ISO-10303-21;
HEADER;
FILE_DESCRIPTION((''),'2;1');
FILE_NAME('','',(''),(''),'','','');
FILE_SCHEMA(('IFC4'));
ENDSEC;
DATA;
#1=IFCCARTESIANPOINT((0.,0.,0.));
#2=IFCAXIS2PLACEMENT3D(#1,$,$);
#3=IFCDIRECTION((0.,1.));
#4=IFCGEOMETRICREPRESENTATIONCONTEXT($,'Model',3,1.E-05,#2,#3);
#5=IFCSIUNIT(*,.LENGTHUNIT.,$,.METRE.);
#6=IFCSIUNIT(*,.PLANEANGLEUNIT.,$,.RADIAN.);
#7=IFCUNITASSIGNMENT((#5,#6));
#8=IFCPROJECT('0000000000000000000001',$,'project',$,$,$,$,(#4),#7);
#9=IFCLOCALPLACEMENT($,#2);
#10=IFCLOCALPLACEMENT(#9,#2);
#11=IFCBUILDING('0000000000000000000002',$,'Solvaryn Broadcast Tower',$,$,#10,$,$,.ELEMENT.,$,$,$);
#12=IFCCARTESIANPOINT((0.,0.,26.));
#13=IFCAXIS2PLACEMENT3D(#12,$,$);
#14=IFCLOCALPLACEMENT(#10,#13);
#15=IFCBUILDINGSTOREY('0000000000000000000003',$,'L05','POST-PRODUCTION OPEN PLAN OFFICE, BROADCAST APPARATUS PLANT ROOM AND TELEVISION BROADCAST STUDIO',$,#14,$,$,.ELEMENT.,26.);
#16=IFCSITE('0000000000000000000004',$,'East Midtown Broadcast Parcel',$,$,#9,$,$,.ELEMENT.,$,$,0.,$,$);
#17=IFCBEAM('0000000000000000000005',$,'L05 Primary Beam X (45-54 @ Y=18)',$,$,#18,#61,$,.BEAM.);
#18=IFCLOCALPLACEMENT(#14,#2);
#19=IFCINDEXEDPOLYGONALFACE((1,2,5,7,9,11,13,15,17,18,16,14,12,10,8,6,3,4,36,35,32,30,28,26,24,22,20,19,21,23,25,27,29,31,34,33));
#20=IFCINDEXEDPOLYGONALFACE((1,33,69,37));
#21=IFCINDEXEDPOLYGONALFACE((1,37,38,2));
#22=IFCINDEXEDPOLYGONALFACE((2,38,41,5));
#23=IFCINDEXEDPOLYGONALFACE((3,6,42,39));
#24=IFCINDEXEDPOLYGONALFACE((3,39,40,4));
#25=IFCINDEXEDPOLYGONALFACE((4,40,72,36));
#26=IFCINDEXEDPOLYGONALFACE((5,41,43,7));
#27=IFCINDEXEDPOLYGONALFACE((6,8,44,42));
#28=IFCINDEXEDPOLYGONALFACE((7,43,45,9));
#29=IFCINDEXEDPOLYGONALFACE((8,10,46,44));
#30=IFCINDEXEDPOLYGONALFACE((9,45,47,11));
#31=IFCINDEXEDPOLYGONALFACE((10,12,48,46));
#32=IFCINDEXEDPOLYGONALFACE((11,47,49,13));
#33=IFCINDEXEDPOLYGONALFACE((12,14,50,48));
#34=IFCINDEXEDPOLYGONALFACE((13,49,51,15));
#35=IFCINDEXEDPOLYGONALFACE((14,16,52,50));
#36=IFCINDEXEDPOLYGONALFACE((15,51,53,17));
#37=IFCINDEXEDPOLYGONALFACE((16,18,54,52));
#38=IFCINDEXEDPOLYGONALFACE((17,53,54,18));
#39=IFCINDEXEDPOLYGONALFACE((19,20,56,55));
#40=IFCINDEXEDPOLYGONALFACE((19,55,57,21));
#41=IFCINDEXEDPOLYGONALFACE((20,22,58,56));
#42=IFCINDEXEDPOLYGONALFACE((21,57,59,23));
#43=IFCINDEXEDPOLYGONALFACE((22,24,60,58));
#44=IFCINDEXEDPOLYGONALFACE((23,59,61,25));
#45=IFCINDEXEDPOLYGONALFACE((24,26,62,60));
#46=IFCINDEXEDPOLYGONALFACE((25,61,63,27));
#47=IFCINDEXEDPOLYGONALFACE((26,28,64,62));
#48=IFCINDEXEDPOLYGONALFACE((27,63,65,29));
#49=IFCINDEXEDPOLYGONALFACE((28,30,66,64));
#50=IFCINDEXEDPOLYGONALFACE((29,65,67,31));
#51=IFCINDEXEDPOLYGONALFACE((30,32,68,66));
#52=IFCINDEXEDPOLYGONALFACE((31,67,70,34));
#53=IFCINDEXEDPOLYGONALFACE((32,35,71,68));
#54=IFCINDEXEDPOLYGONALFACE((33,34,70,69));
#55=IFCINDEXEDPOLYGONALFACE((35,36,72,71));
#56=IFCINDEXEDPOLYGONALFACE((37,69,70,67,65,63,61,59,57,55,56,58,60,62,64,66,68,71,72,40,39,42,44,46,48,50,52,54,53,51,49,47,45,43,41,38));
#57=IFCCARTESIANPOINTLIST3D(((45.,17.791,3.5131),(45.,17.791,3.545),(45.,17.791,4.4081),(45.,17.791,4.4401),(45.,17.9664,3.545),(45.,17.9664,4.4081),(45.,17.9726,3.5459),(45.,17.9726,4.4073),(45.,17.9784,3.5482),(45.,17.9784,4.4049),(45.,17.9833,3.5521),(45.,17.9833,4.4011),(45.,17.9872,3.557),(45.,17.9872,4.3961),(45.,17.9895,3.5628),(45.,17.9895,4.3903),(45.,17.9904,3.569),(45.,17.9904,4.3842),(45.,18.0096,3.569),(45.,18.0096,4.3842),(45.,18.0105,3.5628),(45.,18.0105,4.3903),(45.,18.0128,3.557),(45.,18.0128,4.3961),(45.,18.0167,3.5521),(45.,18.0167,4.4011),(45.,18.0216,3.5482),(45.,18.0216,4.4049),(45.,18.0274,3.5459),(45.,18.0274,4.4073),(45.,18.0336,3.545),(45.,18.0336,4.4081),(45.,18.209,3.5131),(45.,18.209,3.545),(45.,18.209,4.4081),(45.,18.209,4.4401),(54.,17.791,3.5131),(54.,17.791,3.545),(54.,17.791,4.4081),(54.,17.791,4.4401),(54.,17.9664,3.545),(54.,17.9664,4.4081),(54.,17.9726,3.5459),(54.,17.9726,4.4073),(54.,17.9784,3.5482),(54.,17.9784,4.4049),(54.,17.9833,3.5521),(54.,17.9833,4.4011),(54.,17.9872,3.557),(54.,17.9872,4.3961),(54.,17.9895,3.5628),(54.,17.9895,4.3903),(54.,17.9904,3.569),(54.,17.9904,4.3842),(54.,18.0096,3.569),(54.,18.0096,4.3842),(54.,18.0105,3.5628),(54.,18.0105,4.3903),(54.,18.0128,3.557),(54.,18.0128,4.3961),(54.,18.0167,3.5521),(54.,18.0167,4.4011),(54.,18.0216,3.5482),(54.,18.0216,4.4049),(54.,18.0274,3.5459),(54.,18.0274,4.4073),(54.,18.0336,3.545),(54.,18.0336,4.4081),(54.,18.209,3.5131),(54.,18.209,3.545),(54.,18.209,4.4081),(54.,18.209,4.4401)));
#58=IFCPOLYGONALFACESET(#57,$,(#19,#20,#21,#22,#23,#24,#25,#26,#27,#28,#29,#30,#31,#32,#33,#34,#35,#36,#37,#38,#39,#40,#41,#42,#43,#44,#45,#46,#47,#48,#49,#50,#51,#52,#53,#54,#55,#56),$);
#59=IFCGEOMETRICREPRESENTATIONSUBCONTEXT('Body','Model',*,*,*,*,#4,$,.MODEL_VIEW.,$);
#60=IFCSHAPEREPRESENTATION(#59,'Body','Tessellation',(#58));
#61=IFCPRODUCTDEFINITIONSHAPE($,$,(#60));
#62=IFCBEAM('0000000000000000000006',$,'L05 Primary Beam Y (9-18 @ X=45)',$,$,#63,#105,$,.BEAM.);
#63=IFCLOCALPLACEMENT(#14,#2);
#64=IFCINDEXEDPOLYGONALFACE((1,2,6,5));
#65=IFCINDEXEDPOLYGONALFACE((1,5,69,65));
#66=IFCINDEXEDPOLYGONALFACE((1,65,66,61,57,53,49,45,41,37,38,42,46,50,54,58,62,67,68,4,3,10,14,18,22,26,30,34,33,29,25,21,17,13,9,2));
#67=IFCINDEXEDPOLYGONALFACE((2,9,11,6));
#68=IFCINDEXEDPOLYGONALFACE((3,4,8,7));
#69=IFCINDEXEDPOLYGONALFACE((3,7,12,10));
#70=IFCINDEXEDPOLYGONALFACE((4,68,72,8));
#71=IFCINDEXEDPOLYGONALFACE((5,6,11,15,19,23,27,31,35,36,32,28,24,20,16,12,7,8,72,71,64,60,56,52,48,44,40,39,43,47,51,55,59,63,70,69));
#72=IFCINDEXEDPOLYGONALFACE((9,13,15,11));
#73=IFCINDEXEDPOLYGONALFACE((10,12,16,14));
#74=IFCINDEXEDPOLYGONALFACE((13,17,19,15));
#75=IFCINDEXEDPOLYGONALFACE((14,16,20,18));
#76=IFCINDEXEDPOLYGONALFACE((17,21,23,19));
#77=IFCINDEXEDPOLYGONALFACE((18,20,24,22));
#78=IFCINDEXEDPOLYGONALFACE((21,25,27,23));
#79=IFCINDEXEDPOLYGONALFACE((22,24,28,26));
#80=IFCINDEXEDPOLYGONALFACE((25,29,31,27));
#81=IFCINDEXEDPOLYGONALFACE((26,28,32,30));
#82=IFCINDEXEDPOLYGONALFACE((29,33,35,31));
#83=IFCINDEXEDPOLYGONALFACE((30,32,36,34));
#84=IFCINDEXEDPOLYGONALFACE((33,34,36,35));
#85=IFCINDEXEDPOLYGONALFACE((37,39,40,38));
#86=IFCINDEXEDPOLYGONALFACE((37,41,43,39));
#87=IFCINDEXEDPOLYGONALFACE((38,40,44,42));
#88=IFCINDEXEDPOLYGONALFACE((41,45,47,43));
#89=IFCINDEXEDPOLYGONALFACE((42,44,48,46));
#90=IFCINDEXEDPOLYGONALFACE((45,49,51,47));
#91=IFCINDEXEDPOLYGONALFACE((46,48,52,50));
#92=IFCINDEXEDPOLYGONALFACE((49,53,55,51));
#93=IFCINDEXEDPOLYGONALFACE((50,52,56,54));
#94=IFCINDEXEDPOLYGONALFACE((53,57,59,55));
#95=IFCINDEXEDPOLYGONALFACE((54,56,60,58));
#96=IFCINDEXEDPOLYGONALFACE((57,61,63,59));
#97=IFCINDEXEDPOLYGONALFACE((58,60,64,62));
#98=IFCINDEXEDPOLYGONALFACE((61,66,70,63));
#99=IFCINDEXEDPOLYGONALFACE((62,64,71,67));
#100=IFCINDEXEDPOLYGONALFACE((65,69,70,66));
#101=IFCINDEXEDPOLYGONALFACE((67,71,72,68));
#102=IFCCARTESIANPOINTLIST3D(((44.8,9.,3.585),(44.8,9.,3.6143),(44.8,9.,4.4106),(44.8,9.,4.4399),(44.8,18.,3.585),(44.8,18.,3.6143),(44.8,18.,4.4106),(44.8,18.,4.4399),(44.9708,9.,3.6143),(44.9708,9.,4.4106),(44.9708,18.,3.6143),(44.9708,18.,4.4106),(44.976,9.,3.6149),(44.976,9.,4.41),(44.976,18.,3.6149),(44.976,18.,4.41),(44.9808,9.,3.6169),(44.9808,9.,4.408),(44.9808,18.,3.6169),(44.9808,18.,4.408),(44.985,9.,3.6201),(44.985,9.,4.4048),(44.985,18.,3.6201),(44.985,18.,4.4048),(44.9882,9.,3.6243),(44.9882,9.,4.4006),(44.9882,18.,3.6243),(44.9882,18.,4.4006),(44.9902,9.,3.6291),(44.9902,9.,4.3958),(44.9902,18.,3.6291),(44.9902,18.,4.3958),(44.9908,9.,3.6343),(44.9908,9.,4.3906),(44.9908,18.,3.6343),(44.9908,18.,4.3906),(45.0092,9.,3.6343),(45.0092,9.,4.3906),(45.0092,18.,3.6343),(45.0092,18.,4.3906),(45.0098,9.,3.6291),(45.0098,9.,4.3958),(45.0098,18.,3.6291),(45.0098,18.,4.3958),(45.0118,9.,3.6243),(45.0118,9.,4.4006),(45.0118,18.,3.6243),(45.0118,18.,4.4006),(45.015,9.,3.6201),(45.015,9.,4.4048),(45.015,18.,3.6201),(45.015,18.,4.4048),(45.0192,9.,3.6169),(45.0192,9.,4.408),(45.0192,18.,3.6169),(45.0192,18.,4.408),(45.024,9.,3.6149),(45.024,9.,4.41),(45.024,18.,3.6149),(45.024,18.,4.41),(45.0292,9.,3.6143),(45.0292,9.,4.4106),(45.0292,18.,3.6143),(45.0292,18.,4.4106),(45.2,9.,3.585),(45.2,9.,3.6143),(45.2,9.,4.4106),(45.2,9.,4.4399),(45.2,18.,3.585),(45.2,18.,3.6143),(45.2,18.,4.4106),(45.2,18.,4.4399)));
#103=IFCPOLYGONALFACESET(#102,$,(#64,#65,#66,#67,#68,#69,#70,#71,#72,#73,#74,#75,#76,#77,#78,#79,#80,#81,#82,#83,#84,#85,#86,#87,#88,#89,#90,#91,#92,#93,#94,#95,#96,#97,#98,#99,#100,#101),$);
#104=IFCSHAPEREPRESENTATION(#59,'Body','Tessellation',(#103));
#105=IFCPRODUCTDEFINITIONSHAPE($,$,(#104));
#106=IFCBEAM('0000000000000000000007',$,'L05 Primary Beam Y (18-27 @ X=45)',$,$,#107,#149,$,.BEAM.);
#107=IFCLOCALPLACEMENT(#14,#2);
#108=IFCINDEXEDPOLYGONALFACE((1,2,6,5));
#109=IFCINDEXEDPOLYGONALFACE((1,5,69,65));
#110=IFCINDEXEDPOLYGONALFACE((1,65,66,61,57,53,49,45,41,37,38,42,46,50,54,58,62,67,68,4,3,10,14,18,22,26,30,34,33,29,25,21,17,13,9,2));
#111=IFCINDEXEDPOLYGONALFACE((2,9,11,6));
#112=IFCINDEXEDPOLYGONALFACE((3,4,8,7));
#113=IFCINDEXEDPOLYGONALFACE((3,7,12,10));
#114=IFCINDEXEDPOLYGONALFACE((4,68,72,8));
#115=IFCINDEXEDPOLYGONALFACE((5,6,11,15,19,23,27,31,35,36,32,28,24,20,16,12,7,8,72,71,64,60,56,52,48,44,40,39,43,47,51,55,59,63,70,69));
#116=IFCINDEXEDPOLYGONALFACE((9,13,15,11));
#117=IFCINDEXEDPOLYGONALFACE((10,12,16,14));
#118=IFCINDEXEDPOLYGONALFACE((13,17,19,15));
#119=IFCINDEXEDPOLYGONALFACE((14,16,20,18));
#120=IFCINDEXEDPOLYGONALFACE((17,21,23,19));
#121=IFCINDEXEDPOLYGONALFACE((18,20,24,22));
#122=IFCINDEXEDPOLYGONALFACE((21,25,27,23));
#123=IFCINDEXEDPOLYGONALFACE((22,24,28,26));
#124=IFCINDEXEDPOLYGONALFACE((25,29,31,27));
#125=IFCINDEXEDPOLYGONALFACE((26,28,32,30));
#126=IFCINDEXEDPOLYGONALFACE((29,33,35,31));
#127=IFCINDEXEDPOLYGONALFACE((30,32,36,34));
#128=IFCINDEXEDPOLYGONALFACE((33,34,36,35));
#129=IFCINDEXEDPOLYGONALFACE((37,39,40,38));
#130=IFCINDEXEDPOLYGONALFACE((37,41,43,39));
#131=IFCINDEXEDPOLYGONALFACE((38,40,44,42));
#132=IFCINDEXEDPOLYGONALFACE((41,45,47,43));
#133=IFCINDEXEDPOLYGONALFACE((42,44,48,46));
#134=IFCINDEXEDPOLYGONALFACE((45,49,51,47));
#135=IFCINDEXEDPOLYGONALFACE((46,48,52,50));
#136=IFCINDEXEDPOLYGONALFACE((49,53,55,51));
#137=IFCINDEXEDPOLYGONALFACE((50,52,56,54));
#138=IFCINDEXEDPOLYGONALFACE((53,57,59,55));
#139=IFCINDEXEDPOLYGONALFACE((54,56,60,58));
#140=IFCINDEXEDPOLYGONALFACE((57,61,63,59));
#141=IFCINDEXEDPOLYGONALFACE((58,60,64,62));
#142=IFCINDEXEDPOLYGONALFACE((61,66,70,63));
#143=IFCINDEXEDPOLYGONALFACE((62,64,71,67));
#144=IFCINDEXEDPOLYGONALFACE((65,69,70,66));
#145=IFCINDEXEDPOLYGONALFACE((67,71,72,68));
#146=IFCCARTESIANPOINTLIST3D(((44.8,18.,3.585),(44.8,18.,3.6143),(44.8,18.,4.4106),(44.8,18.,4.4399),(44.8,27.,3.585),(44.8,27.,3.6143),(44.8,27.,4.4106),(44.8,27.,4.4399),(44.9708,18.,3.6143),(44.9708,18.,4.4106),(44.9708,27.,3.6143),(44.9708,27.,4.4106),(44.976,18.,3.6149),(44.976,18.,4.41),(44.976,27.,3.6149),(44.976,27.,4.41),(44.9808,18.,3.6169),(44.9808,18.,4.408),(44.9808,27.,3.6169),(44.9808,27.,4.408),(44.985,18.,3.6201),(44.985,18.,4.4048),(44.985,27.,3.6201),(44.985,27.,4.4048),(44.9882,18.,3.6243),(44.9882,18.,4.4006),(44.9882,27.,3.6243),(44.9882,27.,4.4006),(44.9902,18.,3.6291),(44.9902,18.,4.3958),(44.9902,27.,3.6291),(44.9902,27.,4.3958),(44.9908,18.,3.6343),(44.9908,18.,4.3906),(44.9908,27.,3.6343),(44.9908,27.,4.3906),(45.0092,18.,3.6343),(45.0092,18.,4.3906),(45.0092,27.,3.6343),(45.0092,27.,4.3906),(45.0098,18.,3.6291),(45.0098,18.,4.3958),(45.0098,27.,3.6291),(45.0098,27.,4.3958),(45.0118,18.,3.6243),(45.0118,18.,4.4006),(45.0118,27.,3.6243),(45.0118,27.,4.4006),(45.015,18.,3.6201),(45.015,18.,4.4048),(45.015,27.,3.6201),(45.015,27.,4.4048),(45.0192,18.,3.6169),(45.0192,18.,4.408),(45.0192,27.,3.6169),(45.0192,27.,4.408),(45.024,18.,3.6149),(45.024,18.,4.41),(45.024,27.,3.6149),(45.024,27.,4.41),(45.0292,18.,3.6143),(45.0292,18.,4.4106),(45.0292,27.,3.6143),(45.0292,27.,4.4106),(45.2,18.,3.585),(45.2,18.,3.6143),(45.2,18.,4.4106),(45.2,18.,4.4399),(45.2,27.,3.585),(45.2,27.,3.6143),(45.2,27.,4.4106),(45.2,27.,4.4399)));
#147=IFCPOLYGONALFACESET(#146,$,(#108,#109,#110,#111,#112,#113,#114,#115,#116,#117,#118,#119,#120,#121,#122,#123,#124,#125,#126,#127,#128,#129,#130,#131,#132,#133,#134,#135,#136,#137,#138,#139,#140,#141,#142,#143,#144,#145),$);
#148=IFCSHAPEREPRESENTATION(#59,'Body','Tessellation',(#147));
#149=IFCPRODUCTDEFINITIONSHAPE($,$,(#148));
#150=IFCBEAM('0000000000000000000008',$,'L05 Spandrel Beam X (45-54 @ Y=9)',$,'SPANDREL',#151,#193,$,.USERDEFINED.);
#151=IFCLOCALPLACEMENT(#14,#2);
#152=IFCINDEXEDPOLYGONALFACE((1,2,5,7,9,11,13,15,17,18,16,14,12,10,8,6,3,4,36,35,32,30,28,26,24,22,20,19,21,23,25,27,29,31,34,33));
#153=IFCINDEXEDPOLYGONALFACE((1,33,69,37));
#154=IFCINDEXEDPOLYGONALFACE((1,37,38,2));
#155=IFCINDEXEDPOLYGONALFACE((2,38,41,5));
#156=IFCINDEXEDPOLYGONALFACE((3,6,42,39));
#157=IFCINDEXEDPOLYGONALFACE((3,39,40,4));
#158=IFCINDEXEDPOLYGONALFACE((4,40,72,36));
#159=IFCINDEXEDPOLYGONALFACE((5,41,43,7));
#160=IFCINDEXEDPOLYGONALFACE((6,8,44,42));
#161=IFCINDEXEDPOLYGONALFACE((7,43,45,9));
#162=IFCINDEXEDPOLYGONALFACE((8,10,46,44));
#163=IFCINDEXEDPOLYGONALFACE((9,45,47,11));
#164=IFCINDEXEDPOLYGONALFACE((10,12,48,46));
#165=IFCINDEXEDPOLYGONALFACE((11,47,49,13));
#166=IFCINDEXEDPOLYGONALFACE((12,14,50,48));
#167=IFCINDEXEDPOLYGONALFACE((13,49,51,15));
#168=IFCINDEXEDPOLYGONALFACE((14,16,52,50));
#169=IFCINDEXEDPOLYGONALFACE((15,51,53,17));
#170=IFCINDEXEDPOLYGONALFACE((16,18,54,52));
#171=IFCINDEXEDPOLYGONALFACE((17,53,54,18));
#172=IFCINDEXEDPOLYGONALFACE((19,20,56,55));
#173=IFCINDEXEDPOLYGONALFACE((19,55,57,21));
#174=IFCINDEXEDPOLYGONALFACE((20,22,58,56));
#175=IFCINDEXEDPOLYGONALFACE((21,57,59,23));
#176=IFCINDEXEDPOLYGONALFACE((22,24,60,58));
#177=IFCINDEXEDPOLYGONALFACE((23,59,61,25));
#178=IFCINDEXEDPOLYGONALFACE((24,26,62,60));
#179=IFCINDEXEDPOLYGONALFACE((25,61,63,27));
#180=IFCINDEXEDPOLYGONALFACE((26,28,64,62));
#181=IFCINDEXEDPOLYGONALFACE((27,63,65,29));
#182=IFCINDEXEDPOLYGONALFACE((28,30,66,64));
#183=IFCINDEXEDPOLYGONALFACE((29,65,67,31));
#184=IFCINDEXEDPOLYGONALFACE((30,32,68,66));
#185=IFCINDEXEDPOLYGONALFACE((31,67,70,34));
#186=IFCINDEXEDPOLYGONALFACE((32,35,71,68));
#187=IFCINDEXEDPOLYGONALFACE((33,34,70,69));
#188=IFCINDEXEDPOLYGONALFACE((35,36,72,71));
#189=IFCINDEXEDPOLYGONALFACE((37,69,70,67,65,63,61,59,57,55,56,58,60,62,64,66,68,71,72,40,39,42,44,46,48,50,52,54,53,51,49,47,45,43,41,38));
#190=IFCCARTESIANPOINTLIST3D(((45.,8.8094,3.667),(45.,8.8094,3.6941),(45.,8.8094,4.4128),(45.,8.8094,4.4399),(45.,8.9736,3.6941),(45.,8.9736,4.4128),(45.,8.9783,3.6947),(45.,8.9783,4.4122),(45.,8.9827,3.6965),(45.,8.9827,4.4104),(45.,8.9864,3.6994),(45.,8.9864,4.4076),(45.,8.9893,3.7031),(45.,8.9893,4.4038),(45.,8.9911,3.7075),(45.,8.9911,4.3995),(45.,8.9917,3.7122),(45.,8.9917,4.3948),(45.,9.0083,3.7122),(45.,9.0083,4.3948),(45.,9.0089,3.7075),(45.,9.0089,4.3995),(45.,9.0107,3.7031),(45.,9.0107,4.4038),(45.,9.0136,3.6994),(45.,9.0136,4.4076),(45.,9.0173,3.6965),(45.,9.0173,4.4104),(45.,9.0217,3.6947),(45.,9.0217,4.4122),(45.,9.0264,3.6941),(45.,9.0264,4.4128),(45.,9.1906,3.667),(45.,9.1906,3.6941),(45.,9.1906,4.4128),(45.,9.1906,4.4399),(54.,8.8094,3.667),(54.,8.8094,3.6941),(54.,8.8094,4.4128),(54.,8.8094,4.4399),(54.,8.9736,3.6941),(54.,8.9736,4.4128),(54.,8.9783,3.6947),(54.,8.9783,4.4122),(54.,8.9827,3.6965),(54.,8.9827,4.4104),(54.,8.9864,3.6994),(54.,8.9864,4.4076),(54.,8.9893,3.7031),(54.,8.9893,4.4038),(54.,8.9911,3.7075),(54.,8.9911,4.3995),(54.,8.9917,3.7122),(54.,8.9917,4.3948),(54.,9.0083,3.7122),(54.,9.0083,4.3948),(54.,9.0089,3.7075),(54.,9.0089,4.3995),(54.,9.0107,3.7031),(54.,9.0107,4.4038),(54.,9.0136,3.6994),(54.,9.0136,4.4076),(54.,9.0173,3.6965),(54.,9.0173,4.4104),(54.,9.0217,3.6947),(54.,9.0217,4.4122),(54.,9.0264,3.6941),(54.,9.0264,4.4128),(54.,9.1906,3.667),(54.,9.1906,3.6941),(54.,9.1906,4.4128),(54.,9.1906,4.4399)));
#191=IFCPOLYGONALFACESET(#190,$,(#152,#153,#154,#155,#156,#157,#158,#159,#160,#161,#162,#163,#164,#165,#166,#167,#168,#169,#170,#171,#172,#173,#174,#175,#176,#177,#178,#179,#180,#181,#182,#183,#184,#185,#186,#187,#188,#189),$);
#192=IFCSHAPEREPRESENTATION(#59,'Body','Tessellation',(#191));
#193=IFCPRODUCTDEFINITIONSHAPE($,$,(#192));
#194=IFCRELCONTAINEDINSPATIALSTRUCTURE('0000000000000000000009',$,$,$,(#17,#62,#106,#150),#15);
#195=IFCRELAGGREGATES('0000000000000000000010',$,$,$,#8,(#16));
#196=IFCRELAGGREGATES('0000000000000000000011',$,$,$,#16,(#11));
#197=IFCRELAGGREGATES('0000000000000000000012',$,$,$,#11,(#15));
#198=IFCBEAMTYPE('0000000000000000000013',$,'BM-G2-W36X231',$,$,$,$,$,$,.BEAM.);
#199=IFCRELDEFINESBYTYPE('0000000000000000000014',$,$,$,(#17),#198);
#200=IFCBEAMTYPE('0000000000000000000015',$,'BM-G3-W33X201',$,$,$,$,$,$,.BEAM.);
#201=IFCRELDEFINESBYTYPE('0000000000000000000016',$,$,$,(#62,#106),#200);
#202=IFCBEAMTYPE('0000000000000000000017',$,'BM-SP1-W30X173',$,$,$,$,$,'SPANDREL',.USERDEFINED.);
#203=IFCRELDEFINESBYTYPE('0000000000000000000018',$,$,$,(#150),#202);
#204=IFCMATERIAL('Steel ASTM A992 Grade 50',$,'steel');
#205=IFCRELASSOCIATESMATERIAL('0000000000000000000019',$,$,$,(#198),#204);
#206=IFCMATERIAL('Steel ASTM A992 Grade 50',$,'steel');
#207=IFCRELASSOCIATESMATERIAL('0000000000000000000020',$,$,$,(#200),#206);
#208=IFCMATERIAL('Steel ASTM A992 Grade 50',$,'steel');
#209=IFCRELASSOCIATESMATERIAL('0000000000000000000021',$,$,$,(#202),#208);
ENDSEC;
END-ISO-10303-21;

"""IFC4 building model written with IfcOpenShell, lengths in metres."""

from ifc_helpers import new_model, si_unit, direction, frame, origin, origin_2d, place, context, subcontext, project, spatial, i_section, extrude, material, material_profile, profile_set, type_object, element, save


model = new_model("IFC4")

# Units and contexts
model_context = context("Model", 3, precision=1e-05, world=origin(), true_north=direction((0.0, 1.0)))
body_context = subcontext(model_context, "Body", "Model", "MODEL_VIEW")
ifc_project = project(units=[si_unit("LENGTHUNIT", "METRE"), si_unit("PLANEANGLEUNIT", "RADIAN")], contexts=[model_context])

# Site, building, storey
site_placement = place(None, origin())
site = spatial("IfcSite", under=ifc_project, at=site_placement, Name="East Midtown Broadcast Parcel", CompositionType="ELEMENT", RefElevation=0.0)
building_placement = place(site_placement, origin())
building = spatial("IfcBuilding", under=site, at=building_placement, Name="Solvaryn Broadcast Tower", CompositionType="ELEMENT")
storey_placement = place(building_placement, frame((0.0, 0.0, 26.0)))
storey = spatial("IfcBuildingStorey", under=building, at=storey_placement, Name="L05", Description="POST-PRODUCTION OPEN PLAN OFFICE, BROADCAST APPARATUS PLANT ROOM AND TELEVISION BROADCAST STUDIO", CompositionType="ELEMENT", Elevation=26.0)

# Beams
ifc_material_1 = material(Name="Steel ASTM A992 Grade 50", Category="steel")
ifc_material_profile_1 = material_profile(ifc_material_1, i_section(OverallWidth=0.418, OverallDepth=0.927, WebThickness=0.0193, FlangeThickness=0.032, FilletRadius=0.0239, at=origin_2d()))
ifc_profile_set_1 = profile_set([ifc_material_profile_1], Name="Steel ASTM A992 Grade 50")
beam_type_1 = type_object("IfcBeamType", Name="BM-G2-W36X231", PredefinedType="BEAM", material=ifc_profile_set_1)
beam_1_placement = place(storey_placement, frame((45.0, 18.0, 3.9766), z_axis=(1.0, 0.0, 0.0), x_axis=(0.0, 1.0, 0.0)))
element("IfcBeam", 1, at=beam_1_placement, inside=storey, type_object=beam_type_1, Name="L05 Primary Beam X (45-54 @ Y=18)", PredefinedType="BEAM", context=body_context, shape_type="SweptSolid", body=[
    extrude(i_section(OverallWidth=0.418, OverallDepth=0.927, WebThickness=0.0193, FlangeThickness=0.032, FilletRadius=0.0239, at=origin_2d()), origin(), (0.0, 0.0, 1.0), 9.0),
])
ifc_material_2 = material(Name="Steel ASTM A992 Grade 50", Category="steel")
ifc_material_profile_2 = material_profile(ifc_material_2, i_section(OverallWidth=0.3999, OverallDepth=0.855, WebThickness=0.0183, FlangeThickness=0.0293, FilletRadius=0.02, at=origin_2d()))
ifc_profile_set_2 = profile_set([ifc_material_profile_2], Name="Steel ASTM A992 Grade 50")
beam_type_2 = type_object("IfcBeamType", Name="BM-G3-W33X201", PredefinedType="BEAM", material=ifc_profile_set_2)
for number, where, z_axis, x_axis, name in (
    (2, (45.0, 9.0, 4.0125), (0.0, 1.0, 0.0), (-1.0, 0.0, 0.0), "L05 Primary Beam Y (9-18 @ X=45)"),
    (3, (45.0, 18.0, 4.0125), (0.0, 1.0, 0.0), (-1.0, 0.0, 0.0), "L05 Primary Beam Y (18-27 @ X=45)"),
):
    element("IfcBeam", number, at=place(storey_placement, frame(where, z_axis=z_axis, x_axis=x_axis)), inside=storey, type_object=beam_type_2, Name=name, PredefinedType="BEAM", context=body_context, shape_type="SweptSolid", body=[
        extrude(i_section(OverallWidth=0.3999, OverallDepth=0.855, WebThickness=0.0183, FlangeThickness=0.0293, FilletRadius=0.02, at=origin_2d()), origin(), (0.0, 0.0, 1.0), 9.0),
    ])
ifc_material_3 = material(Name="Steel ASTM A992 Grade 50", Category="steel")
ifc_material_profile_3 = material_profile(ifc_material_3, i_section(OverallWidth=0.3811, OverallDepth=0.7729, WebThickness=0.0166, FlangeThickness=0.0271, FilletRadius=0.0181, at=origin_2d()))
ifc_profile_set_3 = profile_set([ifc_material_profile_3], Name="Steel ASTM A992 Grade 50")
beam_type_3 = type_object("IfcBeamType", Name="BM-SP1-W30X173", ElementType="SPANDREL", PredefinedType="USERDEFINED", material=ifc_profile_set_3)
for number, where, z_axis, x_axis, name in (
    (4, (45.0, 9.0, 4.0535), (1.0, 0.0, 0.0), (0.0, 1.0, 0.0), "L05 Spandrel Beam X (45-54 @ Y=9)"),
):
    element("IfcBeam", number, at=place(storey_placement, frame(where, z_axis=z_axis, x_axis=x_axis)), inside=storey, type_object=beam_type_3, Name=name, ObjectType="SPANDREL", PredefinedType="USERDEFINED", context=body_context, shape_type="SweptSolid", body=[
        extrude(i_section(OverallWidth=0.3811, OverallDepth=0.7729, WebThickness=0.0166, FlangeThickness=0.0271, FilletRadius=0.0181, at=origin_2d()), origin(), (0.0, 0.0, 1.0), 9.0),
    ])

save(model, "model.ifc")
